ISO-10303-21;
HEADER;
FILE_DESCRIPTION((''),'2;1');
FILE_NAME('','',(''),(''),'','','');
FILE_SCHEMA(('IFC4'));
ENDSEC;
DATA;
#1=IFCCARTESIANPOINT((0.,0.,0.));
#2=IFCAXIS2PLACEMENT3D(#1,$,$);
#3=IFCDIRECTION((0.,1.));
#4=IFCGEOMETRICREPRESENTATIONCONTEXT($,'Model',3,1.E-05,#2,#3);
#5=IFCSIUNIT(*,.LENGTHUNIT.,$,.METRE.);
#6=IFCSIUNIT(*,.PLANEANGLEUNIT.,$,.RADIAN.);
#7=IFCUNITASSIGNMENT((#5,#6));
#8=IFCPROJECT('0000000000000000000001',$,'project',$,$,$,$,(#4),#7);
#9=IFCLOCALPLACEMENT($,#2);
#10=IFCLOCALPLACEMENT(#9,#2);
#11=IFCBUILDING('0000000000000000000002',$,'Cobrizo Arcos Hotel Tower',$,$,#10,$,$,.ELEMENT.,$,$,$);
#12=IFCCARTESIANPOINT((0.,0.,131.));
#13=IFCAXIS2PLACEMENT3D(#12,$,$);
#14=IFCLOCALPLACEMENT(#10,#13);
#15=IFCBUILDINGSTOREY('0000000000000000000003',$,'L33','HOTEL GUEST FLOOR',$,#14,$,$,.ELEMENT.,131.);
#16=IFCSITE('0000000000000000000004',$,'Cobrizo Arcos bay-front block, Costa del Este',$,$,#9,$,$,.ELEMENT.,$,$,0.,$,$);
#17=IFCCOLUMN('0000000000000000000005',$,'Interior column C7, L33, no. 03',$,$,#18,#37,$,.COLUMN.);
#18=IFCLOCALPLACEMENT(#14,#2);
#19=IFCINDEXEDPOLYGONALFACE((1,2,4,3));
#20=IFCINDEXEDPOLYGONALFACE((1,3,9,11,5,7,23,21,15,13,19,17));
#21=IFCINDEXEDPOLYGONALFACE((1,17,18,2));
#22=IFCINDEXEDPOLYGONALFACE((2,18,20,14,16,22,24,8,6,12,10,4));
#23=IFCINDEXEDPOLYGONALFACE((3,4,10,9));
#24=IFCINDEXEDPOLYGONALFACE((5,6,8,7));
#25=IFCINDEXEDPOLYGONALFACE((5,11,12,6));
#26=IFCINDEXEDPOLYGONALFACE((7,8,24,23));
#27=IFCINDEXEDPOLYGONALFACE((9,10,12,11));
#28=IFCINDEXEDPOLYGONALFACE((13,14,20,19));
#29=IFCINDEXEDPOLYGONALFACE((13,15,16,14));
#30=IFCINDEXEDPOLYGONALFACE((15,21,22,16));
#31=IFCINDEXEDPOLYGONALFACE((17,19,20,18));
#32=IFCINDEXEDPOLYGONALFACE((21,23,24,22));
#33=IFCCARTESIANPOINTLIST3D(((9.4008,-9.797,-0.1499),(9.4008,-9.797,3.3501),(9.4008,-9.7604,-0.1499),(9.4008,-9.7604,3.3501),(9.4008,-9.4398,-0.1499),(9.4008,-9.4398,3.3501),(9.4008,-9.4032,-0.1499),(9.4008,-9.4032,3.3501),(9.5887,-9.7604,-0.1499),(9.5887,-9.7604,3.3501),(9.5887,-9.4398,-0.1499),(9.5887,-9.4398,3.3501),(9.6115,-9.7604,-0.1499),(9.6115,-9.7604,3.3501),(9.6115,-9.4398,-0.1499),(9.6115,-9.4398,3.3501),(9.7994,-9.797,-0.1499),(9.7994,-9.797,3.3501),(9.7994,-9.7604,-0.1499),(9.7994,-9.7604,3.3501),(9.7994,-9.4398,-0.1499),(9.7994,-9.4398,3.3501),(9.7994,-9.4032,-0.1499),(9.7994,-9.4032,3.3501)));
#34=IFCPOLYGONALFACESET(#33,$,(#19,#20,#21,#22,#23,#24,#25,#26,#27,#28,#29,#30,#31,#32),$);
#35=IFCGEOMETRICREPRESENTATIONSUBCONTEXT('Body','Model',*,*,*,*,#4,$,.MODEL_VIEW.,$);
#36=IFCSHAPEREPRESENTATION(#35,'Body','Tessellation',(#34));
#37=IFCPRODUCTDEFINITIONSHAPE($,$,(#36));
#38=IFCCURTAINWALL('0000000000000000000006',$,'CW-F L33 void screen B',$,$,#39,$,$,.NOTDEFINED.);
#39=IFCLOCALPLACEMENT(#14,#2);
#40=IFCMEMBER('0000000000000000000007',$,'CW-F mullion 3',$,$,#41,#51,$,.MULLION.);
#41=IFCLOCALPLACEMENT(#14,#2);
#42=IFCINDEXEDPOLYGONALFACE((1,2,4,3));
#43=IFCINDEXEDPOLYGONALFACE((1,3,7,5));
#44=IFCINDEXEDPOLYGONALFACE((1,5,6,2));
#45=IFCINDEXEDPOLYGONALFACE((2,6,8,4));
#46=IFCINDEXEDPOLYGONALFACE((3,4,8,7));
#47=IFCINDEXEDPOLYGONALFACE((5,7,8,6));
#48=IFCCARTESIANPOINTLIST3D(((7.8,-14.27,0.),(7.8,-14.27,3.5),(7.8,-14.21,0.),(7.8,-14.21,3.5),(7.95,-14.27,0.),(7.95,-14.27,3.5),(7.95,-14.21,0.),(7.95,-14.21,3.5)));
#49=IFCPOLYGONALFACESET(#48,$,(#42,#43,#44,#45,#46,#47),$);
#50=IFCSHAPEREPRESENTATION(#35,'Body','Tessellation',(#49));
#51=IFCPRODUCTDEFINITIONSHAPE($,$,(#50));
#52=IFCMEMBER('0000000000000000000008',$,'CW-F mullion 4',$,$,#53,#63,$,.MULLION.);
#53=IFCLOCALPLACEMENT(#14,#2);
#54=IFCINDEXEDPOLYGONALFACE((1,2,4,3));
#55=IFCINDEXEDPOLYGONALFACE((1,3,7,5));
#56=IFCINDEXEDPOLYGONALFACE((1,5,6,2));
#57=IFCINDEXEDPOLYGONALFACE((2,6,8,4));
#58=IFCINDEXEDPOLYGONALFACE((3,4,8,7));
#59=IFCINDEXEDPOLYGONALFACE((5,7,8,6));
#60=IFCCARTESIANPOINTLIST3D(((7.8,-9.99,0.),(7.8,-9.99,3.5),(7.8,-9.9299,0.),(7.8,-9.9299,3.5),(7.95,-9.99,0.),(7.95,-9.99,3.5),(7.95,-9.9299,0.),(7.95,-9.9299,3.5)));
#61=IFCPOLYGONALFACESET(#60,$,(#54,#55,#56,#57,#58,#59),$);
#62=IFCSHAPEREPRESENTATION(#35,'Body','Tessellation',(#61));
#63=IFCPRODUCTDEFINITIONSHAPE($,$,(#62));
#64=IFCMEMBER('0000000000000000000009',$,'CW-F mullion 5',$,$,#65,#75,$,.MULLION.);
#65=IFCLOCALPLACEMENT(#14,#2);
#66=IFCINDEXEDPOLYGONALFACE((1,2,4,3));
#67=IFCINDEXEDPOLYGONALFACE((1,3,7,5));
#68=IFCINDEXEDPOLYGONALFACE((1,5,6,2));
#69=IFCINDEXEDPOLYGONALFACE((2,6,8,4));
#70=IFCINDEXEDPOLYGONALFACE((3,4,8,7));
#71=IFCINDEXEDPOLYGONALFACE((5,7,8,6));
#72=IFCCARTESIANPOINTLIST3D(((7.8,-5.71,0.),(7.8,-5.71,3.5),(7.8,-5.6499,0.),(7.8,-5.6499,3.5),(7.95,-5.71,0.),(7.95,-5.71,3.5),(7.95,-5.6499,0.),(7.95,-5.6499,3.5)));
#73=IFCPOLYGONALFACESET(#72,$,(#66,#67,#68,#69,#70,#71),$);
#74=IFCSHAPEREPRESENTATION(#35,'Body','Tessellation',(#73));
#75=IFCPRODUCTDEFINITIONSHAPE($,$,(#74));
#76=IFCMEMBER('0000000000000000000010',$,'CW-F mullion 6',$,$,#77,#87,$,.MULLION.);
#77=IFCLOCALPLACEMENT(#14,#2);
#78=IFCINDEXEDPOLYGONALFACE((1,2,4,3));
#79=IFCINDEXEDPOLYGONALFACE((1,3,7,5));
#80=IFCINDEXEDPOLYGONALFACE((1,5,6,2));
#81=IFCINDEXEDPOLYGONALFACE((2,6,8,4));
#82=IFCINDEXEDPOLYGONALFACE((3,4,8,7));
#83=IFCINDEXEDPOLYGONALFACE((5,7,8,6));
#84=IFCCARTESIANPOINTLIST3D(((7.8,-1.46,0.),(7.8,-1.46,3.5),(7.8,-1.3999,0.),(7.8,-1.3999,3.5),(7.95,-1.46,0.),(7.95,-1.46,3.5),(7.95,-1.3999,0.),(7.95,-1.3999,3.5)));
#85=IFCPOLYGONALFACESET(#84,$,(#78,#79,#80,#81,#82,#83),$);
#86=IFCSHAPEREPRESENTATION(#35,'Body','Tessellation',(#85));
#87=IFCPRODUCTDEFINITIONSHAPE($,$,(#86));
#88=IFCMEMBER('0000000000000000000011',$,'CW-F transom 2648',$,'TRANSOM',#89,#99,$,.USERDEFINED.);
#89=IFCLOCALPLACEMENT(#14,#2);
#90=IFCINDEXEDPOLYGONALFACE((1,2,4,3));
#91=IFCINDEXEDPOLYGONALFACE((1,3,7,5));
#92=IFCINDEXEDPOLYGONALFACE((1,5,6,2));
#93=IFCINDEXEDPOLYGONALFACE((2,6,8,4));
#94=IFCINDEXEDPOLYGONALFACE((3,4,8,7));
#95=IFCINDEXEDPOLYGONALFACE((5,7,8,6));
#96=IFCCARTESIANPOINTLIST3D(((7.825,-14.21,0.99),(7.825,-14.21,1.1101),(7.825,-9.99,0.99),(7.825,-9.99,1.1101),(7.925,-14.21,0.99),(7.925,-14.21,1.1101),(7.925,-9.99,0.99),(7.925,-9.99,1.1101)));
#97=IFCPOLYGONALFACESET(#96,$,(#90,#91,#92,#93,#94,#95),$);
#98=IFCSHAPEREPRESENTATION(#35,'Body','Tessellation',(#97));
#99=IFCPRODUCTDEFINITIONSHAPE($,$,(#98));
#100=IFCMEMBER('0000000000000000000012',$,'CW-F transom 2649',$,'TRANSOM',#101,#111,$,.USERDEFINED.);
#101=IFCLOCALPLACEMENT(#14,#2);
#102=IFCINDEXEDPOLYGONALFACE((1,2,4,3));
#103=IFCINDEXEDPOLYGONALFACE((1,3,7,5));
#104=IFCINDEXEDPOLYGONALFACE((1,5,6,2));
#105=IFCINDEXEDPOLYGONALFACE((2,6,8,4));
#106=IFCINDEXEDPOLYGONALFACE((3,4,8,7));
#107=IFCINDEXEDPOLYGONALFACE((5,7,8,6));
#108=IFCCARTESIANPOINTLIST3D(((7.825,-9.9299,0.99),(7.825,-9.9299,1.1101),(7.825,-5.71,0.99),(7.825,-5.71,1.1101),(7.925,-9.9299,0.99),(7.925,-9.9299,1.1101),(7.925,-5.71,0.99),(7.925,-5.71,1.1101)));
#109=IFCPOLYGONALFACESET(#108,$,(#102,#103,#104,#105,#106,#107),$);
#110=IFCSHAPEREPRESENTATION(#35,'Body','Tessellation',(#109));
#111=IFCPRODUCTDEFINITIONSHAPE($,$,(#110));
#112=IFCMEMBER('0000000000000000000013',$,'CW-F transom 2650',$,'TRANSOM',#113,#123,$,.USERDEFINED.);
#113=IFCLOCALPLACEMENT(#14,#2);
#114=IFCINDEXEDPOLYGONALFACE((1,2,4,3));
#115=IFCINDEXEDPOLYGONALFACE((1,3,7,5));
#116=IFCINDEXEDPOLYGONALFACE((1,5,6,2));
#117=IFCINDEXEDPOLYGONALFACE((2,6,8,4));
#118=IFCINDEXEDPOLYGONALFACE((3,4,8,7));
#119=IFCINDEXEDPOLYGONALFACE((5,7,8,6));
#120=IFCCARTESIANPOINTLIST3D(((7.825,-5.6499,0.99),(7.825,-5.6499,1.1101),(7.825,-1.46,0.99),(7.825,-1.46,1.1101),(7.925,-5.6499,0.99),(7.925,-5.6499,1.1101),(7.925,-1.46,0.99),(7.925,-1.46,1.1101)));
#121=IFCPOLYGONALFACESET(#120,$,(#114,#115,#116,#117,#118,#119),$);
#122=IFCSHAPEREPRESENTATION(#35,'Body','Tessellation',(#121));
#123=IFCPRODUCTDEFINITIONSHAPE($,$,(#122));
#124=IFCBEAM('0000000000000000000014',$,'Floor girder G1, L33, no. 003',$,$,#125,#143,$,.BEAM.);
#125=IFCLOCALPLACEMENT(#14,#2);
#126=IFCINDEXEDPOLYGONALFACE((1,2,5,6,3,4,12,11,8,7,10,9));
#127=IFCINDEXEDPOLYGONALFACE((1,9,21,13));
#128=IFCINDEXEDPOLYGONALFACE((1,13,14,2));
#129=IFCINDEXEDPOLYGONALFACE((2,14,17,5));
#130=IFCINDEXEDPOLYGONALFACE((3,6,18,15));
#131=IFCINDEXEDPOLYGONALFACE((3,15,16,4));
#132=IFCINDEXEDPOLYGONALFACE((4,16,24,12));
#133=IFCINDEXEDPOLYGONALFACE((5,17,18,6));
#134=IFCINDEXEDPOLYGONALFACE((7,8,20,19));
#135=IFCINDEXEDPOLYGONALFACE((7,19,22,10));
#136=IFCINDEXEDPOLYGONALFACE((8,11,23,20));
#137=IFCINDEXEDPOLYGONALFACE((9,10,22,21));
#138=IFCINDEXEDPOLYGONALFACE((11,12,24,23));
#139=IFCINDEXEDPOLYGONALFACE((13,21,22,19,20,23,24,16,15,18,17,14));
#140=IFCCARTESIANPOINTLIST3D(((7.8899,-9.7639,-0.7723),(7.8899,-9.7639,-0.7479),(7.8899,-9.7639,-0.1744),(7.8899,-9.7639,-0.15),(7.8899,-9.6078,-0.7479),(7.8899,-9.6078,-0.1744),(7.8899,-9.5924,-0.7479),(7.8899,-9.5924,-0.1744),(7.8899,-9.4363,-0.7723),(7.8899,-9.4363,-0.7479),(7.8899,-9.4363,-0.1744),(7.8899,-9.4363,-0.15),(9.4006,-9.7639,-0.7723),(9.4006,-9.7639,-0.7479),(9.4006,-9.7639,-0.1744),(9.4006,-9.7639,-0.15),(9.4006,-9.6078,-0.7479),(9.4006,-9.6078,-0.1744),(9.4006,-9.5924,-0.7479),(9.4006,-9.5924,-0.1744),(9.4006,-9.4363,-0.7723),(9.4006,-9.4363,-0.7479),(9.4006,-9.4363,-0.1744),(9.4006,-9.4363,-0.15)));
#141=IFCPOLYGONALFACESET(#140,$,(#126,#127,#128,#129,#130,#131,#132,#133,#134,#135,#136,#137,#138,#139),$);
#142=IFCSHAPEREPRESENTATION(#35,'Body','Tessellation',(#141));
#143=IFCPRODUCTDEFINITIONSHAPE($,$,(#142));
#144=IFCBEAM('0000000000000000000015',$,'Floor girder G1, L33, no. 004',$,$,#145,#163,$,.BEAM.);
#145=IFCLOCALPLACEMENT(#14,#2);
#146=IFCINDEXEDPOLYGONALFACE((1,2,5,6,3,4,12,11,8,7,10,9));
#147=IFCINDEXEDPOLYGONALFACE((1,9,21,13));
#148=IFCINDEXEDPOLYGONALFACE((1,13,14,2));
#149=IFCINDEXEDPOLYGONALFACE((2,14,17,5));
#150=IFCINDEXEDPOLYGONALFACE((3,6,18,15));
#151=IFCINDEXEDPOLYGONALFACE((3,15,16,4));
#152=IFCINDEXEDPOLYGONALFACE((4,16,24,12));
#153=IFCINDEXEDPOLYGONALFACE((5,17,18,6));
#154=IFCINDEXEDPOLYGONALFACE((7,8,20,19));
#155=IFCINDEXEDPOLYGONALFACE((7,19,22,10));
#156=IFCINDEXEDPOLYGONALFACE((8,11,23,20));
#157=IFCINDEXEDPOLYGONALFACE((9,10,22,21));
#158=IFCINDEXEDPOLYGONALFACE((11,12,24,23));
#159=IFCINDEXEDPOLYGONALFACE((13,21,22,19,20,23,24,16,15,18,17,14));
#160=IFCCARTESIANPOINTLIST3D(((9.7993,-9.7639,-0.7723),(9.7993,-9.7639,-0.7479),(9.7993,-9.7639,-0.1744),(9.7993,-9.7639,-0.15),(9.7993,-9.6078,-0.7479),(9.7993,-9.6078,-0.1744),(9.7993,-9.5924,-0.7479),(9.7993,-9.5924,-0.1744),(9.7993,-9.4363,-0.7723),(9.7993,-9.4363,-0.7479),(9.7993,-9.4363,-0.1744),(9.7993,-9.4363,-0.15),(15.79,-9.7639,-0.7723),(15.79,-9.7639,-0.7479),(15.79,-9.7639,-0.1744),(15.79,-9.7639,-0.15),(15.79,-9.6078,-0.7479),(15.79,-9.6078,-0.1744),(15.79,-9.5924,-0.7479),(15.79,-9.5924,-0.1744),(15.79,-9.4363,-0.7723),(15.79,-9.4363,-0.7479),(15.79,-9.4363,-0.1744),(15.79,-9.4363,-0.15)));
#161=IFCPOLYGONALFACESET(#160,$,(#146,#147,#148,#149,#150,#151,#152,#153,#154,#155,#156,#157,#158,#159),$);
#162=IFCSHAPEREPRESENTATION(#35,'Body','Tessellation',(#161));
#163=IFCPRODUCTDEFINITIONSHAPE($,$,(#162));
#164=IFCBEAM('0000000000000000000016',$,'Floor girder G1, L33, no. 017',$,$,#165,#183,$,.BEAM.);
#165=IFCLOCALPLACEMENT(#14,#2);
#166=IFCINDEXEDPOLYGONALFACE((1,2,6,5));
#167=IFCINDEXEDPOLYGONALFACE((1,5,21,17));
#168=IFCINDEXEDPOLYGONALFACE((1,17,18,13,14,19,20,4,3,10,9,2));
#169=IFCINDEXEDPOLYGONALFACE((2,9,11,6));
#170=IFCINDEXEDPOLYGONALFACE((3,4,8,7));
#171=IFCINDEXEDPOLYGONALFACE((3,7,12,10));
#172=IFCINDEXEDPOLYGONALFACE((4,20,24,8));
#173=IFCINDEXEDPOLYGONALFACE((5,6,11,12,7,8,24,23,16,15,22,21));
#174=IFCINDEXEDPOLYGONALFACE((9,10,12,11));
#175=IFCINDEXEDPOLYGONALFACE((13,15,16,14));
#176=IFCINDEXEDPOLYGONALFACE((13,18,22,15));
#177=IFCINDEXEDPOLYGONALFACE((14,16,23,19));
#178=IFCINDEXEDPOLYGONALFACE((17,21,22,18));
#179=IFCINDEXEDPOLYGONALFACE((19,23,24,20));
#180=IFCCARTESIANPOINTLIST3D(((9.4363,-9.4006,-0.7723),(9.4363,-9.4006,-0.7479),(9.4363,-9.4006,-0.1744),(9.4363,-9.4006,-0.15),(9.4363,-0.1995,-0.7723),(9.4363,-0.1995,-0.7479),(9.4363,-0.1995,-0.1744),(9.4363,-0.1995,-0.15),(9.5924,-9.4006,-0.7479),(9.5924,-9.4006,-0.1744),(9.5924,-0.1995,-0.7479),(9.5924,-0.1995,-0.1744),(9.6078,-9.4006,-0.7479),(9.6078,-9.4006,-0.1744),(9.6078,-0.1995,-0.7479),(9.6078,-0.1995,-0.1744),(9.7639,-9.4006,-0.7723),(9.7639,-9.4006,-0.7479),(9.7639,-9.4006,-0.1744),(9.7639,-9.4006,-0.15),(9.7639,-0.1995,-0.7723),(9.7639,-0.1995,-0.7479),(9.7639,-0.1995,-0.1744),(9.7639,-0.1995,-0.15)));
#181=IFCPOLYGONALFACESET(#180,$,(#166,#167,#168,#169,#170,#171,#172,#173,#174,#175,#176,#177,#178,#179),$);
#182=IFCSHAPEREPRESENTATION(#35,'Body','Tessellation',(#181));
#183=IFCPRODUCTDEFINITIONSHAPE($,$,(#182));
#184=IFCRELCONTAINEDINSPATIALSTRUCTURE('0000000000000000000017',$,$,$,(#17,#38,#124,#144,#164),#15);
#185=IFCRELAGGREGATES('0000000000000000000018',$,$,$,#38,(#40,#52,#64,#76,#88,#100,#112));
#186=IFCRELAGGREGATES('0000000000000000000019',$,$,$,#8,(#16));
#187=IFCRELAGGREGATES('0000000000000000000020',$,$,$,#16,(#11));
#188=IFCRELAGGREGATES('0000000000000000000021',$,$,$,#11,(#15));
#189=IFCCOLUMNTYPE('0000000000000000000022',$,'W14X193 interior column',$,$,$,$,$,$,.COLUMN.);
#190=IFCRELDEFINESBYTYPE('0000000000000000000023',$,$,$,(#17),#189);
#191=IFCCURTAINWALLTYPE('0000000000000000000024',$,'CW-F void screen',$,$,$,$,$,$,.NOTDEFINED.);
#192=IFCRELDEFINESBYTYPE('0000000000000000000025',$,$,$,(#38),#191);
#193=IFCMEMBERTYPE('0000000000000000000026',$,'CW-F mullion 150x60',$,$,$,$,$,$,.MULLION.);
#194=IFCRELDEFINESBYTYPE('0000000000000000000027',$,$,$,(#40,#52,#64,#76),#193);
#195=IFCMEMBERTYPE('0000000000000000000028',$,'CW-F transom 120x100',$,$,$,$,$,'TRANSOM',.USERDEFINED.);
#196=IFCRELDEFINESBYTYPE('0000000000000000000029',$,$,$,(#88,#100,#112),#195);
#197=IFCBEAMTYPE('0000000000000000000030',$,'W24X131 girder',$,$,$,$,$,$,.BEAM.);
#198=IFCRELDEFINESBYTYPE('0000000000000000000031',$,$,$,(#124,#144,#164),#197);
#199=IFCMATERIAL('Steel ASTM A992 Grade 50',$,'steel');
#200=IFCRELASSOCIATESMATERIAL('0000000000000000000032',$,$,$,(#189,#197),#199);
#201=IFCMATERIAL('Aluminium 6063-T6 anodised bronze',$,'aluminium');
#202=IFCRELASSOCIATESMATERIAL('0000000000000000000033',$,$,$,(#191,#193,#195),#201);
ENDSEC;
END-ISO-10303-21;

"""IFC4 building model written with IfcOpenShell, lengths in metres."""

from ifc_helpers import new_model, si_unit, direction, frame, origin, origin_2d, place, context, subcontext, project, spatial, rectangle, i_section, extrude, material, material_profile, profile_set, type_object, element, aggregate, save


model = new_model("IFC4")

# Units and contexts
model_context = context("Model", 3, precision=1e-05, world=origin(), true_north=direction((0.0, 1.0)))
body_context = subcontext(model_context, "Body", "Model", "MODEL_VIEW")
ifc_project = project(units=[si_unit("LENGTHUNIT", "METRE"), si_unit("PLANEANGLEUNIT", "RADIAN")], contexts=[model_context])

# Site, building, storey
site_placement = place(None, origin())
site = spatial("IfcSite", under=ifc_project, at=site_placement, Name="Cobrizo Arcos bay-front block, Costa del Este", CompositionType="ELEMENT", RefElevation=0.0)
building_placement = place(site_placement, origin())
building = spatial("IfcBuilding", under=site, at=building_placement, Name="Cobrizo Arcos Hotel Tower", CompositionType="ELEMENT")
storey_placement = place(building_placement, frame((0.0, 0.0, 131.0)))
storey = spatial("IfcBuildingStorey", under=building, at=storey_placement, Name="L33", Description="HOTEL GUEST FLOOR", CompositionType="ELEMENT", Elevation=131.0)

# Column
ifc_material_1 = material(Name="Steel ASTM A992 Grade 50", Category="steel")
ifc_material_profile_1 = material_profile(ifc_material_1, i_section(OverallWidth=0.3987, OverallDepth=0.3938, WebThickness=0.0227, FlangeThickness=0.0366, at=origin_2d()), Name="W14X193")
ifc_profile_set_1 = profile_set([ifc_material_profile_1], Name="Steel ASTM A992 Grade 50")
column_type = type_object("IfcColumnType", Name="W14X193 interior column", PredefinedType="COLUMN", material=ifc_profile_set_1)
column_placement = place(storey_placement, frame((9.6001, -9.6001, -0.1499), z_axis=(0.0, 0.0, 1.0), x_axis=(1.0, 0.0, 0.0)))
element("IfcColumn", 1, at=column_placement, inside=storey, type_object=column_type, Name="Interior column C7, L33, no. 03", PredefinedType="COLUMN", context=body_context, shape_type="SweptSolid", body=[
    extrude(i_section(OverallWidth=0.3987, OverallDepth=0.3938, WebThickness=0.0227, FlangeThickness=0.0366, at=origin_2d()), origin(), (0.0, 0.0, 1.0), 3.5),
])

# Curtain wall, members
ifc_material_2 = material(Name="Aluminium 6063-T6 anodised bronze", Category="aluminium")
curtain_wall_type = type_object("IfcCurtainWallType", Name="CW-F void screen", PredefinedType="NOTDEFINED", material=ifc_material_2)
curtain_wall_placement = place(storey_placement, origin())
curtain_wall = element("IfcCurtainWall", 2, at=curtain_wall_placement, inside=storey, type_object=curtain_wall_type, Name="CW-F L33 void screen B", PredefinedType="NOTDEFINED")
ifc_material_profile_2 = material_profile(ifc_material_2, rectangle(XDim=0.1499, YDim=0.0601, at=origin_2d()), Name="CW-F mullion 150x60")
ifc_profile_set_2 = profile_set([ifc_material_profile_2], Name="Aluminium 6063-T6 anodised bronze")
member_type_1 = type_object("IfcMemberType", Name="CW-F mullion 150x60", PredefinedType="MULLION", material=ifc_profile_set_2)
member_1_placement = place(storey_placement, frame((7.875, -14.24, 0.0), z_axis=(0.0, 0.0, 1.0), x_axis=(1.0, 0.0, 0.0)))
member_1 = element("IfcMember", 3, at=member_1_placement, type_object=member_type_1, Name="CW-F mullion 3", PredefinedType="MULLION", context=body_context, shape_type="SweptSolid", body=[
    extrude(rectangle(XDim=0.1499, YDim=0.0601, at=origin_2d()), origin(), (0.0, 0.0, 1.0), 3.5),
])
member_2_placement = place(storey_placement, frame((7.875, -9.96, 0.0), z_axis=(0.0, 0.0, 1.0), x_axis=(1.0, 0.0, 0.0)))
member_2 = element("IfcMember", 4, at=member_2_placement, type_object=member_type_1, Name="CW-F mullion 4", PredefinedType="MULLION", context=body_context, shape_type="SweptSolid", body=[
    extrude(rectangle(XDim=0.1499, YDim=0.0601, at=origin_2d()), origin(), (0.0, 0.0, 1.0), 3.5),
])
member_3_placement = place(storey_placement, frame((7.875, -5.6799, 0.0), z_axis=(0.0, 0.0, 1.0), x_axis=(1.0, 0.0, 0.0)))
member_3 = element("IfcMember", 5, at=member_3_placement, type_object=member_type_1, Name="CW-F mullion 5", PredefinedType="MULLION", context=body_context, shape_type="SweptSolid", body=[
    extrude(rectangle(XDim=0.1499, YDim=0.0601, at=origin_2d()), origin(), (0.0, 0.0, 1.0), 3.5),
])
member_4_placement = place(storey_placement, frame((7.875, -1.4299, 0.0), z_axis=(0.0, 0.0, 1.0), x_axis=(1.0, 0.0, 0.0)))
member_4 = element("IfcMember", 6, at=member_4_placement, type_object=member_type_1, Name="CW-F mullion 6", PredefinedType="MULLION", context=body_context, shape_type="SweptSolid", body=[
    extrude(rectangle(XDim=0.1499, YDim=0.0601, at=origin_2d()), origin(), (0.0, 0.0, 1.0), 3.5),
])
ifc_material_profile_3 = material_profile(ifc_material_2, rectangle(XDim=0.1001, YDim=0.1201, at=origin_2d()), Name="CW-F transom 120x100")
ifc_profile_set_3 = profile_set([ifc_material_profile_3], Name="Aluminium 6063-T6 anodised bronze")
member_type_2 = type_object("IfcMemberType", Name="CW-F transom 120x100", ElementType="TRANSOM", PredefinedType="USERDEFINED", material=ifc_profile_set_3)
member_5_placement = place(storey_placement, frame((7.875, -14.21, 1.05), z_axis=(0.0, 1.0, 0.0), x_axis=(-1.0, 0.0, 0.0)))
member_5 = element("IfcMember", 7, at=member_5_placement, type_object=member_type_2, Name="CW-F transom 2648", ObjectType="TRANSOM", PredefinedType="USERDEFINED", context=body_context, shape_type="SweptSolid", body=[
    extrude(rectangle(XDim=0.1001, YDim=0.1201, at=origin_2d()), origin(), (0.0, 0.0, 1.0), 4.22),
])
member_6_placement = place(storey_placement, frame((7.875, -9.9299, 1.05), z_axis=(0.0, 1.0, 0.0), x_axis=(-1.0, 0.0, 0.0)))
member_6 = element("IfcMember", 8, at=member_6_placement, type_object=member_type_2, Name="CW-F transom 2649", ObjectType="TRANSOM", PredefinedType="USERDEFINED", context=body_context, shape_type="SweptSolid", body=[
    extrude(rectangle(XDim=0.1001, YDim=0.1201, at=origin_2d()), origin(), (0.0, 0.0, 1.0), 4.22),
])
member_7_placement = place(storey_placement, frame((7.875, -5.6499, 1.05), z_axis=(0.0, 1.0, 0.0), x_axis=(-1.0, 0.0, 0.0)))
member_7 = element("IfcMember", 9, at=member_7_placement, type_object=member_type_2, Name="CW-F transom 2650", ObjectType="TRANSOM", PredefinedType="USERDEFINED", context=body_context, shape_type="SweptSolid", body=[
    extrude(rectangle(XDim=0.1001, YDim=0.1201, at=origin_2d()), origin(), (0.0, 0.0, 1.0), 4.1899),
])

# Beams
ifc_material_profile_4 = material_profile(ifc_material_1, i_section(OverallWidth=0.3276, OverallDepth=0.6223, WebThickness=0.0154, FlangeThickness=0.0244, at=origin_2d()), Name="W24X131")
ifc_profile_set_4 = profile_set([ifc_material_profile_4], Name="Steel ASTM A992 Grade 50")
beam_type = type_object("IfcBeamType", Name="W24X131 girder", PredefinedType="BEAM", material=ifc_profile_set_4)
beam_1_placement = place(storey_placement, frame((7.8899, -9.6001, -0.4612), z_axis=(1.0, 0.0, 0.0), x_axis=(0.0, 1.0, 0.0)))
element("IfcBeam", 10, at=beam_1_placement, inside=storey, type_object=beam_type, Name="Floor girder G1, L33, no. 003", PredefinedType="BEAM", context=body_context, shape_type="SweptSolid", body=[
    extrude(i_section(OverallWidth=0.3276, OverallDepth=0.6223, WebThickness=0.0154, FlangeThickness=0.0244, at=origin_2d()), origin(), (0.0, 0.0, 1.0), 1.5107),
])
beam_2_placement = place(storey_placement, frame((9.7993, -9.6001, -0.4612), z_axis=(1.0, 0.0, 0.0), x_axis=(0.0, 1.0, 0.0)))
element("IfcBeam", 11, at=beam_2_placement, inside=storey, type_object=beam_type, Name="Floor girder G1, L33, no. 004", PredefinedType="BEAM", context=body_context, shape_type="SweptSolid", body=[
    extrude(i_section(OverallWidth=0.3276, OverallDepth=0.6223, WebThickness=0.0154, FlangeThickness=0.0244, at=origin_2d()), origin(), (0.0, 0.0, 1.0), 5.9907),
])
beam_3_placement = place(storey_placement, frame((9.6001, -9.4006, -0.4612), z_axis=(0.0, 1.0, 0.0), x_axis=(-1.0, 0.0, 0.0)))
element("IfcBeam", 12, at=beam_3_placement, inside=storey, type_object=beam_type, Name="Floor girder G1, L33, no. 017", PredefinedType="BEAM", context=body_context, shape_type="SweptSolid", body=[
    extrude(i_section(OverallWidth=0.3276, OverallDepth=0.6223, WebThickness=0.0154, FlangeThickness=0.0244, at=origin_2d()), origin(), (0.0, 0.0, 1.0), 9.2012),
])

aggregate(curtain_wall, [member_1, member_2, member_3, member_4, member_5, member_6, member_7])

save(model, "model.ifc")
